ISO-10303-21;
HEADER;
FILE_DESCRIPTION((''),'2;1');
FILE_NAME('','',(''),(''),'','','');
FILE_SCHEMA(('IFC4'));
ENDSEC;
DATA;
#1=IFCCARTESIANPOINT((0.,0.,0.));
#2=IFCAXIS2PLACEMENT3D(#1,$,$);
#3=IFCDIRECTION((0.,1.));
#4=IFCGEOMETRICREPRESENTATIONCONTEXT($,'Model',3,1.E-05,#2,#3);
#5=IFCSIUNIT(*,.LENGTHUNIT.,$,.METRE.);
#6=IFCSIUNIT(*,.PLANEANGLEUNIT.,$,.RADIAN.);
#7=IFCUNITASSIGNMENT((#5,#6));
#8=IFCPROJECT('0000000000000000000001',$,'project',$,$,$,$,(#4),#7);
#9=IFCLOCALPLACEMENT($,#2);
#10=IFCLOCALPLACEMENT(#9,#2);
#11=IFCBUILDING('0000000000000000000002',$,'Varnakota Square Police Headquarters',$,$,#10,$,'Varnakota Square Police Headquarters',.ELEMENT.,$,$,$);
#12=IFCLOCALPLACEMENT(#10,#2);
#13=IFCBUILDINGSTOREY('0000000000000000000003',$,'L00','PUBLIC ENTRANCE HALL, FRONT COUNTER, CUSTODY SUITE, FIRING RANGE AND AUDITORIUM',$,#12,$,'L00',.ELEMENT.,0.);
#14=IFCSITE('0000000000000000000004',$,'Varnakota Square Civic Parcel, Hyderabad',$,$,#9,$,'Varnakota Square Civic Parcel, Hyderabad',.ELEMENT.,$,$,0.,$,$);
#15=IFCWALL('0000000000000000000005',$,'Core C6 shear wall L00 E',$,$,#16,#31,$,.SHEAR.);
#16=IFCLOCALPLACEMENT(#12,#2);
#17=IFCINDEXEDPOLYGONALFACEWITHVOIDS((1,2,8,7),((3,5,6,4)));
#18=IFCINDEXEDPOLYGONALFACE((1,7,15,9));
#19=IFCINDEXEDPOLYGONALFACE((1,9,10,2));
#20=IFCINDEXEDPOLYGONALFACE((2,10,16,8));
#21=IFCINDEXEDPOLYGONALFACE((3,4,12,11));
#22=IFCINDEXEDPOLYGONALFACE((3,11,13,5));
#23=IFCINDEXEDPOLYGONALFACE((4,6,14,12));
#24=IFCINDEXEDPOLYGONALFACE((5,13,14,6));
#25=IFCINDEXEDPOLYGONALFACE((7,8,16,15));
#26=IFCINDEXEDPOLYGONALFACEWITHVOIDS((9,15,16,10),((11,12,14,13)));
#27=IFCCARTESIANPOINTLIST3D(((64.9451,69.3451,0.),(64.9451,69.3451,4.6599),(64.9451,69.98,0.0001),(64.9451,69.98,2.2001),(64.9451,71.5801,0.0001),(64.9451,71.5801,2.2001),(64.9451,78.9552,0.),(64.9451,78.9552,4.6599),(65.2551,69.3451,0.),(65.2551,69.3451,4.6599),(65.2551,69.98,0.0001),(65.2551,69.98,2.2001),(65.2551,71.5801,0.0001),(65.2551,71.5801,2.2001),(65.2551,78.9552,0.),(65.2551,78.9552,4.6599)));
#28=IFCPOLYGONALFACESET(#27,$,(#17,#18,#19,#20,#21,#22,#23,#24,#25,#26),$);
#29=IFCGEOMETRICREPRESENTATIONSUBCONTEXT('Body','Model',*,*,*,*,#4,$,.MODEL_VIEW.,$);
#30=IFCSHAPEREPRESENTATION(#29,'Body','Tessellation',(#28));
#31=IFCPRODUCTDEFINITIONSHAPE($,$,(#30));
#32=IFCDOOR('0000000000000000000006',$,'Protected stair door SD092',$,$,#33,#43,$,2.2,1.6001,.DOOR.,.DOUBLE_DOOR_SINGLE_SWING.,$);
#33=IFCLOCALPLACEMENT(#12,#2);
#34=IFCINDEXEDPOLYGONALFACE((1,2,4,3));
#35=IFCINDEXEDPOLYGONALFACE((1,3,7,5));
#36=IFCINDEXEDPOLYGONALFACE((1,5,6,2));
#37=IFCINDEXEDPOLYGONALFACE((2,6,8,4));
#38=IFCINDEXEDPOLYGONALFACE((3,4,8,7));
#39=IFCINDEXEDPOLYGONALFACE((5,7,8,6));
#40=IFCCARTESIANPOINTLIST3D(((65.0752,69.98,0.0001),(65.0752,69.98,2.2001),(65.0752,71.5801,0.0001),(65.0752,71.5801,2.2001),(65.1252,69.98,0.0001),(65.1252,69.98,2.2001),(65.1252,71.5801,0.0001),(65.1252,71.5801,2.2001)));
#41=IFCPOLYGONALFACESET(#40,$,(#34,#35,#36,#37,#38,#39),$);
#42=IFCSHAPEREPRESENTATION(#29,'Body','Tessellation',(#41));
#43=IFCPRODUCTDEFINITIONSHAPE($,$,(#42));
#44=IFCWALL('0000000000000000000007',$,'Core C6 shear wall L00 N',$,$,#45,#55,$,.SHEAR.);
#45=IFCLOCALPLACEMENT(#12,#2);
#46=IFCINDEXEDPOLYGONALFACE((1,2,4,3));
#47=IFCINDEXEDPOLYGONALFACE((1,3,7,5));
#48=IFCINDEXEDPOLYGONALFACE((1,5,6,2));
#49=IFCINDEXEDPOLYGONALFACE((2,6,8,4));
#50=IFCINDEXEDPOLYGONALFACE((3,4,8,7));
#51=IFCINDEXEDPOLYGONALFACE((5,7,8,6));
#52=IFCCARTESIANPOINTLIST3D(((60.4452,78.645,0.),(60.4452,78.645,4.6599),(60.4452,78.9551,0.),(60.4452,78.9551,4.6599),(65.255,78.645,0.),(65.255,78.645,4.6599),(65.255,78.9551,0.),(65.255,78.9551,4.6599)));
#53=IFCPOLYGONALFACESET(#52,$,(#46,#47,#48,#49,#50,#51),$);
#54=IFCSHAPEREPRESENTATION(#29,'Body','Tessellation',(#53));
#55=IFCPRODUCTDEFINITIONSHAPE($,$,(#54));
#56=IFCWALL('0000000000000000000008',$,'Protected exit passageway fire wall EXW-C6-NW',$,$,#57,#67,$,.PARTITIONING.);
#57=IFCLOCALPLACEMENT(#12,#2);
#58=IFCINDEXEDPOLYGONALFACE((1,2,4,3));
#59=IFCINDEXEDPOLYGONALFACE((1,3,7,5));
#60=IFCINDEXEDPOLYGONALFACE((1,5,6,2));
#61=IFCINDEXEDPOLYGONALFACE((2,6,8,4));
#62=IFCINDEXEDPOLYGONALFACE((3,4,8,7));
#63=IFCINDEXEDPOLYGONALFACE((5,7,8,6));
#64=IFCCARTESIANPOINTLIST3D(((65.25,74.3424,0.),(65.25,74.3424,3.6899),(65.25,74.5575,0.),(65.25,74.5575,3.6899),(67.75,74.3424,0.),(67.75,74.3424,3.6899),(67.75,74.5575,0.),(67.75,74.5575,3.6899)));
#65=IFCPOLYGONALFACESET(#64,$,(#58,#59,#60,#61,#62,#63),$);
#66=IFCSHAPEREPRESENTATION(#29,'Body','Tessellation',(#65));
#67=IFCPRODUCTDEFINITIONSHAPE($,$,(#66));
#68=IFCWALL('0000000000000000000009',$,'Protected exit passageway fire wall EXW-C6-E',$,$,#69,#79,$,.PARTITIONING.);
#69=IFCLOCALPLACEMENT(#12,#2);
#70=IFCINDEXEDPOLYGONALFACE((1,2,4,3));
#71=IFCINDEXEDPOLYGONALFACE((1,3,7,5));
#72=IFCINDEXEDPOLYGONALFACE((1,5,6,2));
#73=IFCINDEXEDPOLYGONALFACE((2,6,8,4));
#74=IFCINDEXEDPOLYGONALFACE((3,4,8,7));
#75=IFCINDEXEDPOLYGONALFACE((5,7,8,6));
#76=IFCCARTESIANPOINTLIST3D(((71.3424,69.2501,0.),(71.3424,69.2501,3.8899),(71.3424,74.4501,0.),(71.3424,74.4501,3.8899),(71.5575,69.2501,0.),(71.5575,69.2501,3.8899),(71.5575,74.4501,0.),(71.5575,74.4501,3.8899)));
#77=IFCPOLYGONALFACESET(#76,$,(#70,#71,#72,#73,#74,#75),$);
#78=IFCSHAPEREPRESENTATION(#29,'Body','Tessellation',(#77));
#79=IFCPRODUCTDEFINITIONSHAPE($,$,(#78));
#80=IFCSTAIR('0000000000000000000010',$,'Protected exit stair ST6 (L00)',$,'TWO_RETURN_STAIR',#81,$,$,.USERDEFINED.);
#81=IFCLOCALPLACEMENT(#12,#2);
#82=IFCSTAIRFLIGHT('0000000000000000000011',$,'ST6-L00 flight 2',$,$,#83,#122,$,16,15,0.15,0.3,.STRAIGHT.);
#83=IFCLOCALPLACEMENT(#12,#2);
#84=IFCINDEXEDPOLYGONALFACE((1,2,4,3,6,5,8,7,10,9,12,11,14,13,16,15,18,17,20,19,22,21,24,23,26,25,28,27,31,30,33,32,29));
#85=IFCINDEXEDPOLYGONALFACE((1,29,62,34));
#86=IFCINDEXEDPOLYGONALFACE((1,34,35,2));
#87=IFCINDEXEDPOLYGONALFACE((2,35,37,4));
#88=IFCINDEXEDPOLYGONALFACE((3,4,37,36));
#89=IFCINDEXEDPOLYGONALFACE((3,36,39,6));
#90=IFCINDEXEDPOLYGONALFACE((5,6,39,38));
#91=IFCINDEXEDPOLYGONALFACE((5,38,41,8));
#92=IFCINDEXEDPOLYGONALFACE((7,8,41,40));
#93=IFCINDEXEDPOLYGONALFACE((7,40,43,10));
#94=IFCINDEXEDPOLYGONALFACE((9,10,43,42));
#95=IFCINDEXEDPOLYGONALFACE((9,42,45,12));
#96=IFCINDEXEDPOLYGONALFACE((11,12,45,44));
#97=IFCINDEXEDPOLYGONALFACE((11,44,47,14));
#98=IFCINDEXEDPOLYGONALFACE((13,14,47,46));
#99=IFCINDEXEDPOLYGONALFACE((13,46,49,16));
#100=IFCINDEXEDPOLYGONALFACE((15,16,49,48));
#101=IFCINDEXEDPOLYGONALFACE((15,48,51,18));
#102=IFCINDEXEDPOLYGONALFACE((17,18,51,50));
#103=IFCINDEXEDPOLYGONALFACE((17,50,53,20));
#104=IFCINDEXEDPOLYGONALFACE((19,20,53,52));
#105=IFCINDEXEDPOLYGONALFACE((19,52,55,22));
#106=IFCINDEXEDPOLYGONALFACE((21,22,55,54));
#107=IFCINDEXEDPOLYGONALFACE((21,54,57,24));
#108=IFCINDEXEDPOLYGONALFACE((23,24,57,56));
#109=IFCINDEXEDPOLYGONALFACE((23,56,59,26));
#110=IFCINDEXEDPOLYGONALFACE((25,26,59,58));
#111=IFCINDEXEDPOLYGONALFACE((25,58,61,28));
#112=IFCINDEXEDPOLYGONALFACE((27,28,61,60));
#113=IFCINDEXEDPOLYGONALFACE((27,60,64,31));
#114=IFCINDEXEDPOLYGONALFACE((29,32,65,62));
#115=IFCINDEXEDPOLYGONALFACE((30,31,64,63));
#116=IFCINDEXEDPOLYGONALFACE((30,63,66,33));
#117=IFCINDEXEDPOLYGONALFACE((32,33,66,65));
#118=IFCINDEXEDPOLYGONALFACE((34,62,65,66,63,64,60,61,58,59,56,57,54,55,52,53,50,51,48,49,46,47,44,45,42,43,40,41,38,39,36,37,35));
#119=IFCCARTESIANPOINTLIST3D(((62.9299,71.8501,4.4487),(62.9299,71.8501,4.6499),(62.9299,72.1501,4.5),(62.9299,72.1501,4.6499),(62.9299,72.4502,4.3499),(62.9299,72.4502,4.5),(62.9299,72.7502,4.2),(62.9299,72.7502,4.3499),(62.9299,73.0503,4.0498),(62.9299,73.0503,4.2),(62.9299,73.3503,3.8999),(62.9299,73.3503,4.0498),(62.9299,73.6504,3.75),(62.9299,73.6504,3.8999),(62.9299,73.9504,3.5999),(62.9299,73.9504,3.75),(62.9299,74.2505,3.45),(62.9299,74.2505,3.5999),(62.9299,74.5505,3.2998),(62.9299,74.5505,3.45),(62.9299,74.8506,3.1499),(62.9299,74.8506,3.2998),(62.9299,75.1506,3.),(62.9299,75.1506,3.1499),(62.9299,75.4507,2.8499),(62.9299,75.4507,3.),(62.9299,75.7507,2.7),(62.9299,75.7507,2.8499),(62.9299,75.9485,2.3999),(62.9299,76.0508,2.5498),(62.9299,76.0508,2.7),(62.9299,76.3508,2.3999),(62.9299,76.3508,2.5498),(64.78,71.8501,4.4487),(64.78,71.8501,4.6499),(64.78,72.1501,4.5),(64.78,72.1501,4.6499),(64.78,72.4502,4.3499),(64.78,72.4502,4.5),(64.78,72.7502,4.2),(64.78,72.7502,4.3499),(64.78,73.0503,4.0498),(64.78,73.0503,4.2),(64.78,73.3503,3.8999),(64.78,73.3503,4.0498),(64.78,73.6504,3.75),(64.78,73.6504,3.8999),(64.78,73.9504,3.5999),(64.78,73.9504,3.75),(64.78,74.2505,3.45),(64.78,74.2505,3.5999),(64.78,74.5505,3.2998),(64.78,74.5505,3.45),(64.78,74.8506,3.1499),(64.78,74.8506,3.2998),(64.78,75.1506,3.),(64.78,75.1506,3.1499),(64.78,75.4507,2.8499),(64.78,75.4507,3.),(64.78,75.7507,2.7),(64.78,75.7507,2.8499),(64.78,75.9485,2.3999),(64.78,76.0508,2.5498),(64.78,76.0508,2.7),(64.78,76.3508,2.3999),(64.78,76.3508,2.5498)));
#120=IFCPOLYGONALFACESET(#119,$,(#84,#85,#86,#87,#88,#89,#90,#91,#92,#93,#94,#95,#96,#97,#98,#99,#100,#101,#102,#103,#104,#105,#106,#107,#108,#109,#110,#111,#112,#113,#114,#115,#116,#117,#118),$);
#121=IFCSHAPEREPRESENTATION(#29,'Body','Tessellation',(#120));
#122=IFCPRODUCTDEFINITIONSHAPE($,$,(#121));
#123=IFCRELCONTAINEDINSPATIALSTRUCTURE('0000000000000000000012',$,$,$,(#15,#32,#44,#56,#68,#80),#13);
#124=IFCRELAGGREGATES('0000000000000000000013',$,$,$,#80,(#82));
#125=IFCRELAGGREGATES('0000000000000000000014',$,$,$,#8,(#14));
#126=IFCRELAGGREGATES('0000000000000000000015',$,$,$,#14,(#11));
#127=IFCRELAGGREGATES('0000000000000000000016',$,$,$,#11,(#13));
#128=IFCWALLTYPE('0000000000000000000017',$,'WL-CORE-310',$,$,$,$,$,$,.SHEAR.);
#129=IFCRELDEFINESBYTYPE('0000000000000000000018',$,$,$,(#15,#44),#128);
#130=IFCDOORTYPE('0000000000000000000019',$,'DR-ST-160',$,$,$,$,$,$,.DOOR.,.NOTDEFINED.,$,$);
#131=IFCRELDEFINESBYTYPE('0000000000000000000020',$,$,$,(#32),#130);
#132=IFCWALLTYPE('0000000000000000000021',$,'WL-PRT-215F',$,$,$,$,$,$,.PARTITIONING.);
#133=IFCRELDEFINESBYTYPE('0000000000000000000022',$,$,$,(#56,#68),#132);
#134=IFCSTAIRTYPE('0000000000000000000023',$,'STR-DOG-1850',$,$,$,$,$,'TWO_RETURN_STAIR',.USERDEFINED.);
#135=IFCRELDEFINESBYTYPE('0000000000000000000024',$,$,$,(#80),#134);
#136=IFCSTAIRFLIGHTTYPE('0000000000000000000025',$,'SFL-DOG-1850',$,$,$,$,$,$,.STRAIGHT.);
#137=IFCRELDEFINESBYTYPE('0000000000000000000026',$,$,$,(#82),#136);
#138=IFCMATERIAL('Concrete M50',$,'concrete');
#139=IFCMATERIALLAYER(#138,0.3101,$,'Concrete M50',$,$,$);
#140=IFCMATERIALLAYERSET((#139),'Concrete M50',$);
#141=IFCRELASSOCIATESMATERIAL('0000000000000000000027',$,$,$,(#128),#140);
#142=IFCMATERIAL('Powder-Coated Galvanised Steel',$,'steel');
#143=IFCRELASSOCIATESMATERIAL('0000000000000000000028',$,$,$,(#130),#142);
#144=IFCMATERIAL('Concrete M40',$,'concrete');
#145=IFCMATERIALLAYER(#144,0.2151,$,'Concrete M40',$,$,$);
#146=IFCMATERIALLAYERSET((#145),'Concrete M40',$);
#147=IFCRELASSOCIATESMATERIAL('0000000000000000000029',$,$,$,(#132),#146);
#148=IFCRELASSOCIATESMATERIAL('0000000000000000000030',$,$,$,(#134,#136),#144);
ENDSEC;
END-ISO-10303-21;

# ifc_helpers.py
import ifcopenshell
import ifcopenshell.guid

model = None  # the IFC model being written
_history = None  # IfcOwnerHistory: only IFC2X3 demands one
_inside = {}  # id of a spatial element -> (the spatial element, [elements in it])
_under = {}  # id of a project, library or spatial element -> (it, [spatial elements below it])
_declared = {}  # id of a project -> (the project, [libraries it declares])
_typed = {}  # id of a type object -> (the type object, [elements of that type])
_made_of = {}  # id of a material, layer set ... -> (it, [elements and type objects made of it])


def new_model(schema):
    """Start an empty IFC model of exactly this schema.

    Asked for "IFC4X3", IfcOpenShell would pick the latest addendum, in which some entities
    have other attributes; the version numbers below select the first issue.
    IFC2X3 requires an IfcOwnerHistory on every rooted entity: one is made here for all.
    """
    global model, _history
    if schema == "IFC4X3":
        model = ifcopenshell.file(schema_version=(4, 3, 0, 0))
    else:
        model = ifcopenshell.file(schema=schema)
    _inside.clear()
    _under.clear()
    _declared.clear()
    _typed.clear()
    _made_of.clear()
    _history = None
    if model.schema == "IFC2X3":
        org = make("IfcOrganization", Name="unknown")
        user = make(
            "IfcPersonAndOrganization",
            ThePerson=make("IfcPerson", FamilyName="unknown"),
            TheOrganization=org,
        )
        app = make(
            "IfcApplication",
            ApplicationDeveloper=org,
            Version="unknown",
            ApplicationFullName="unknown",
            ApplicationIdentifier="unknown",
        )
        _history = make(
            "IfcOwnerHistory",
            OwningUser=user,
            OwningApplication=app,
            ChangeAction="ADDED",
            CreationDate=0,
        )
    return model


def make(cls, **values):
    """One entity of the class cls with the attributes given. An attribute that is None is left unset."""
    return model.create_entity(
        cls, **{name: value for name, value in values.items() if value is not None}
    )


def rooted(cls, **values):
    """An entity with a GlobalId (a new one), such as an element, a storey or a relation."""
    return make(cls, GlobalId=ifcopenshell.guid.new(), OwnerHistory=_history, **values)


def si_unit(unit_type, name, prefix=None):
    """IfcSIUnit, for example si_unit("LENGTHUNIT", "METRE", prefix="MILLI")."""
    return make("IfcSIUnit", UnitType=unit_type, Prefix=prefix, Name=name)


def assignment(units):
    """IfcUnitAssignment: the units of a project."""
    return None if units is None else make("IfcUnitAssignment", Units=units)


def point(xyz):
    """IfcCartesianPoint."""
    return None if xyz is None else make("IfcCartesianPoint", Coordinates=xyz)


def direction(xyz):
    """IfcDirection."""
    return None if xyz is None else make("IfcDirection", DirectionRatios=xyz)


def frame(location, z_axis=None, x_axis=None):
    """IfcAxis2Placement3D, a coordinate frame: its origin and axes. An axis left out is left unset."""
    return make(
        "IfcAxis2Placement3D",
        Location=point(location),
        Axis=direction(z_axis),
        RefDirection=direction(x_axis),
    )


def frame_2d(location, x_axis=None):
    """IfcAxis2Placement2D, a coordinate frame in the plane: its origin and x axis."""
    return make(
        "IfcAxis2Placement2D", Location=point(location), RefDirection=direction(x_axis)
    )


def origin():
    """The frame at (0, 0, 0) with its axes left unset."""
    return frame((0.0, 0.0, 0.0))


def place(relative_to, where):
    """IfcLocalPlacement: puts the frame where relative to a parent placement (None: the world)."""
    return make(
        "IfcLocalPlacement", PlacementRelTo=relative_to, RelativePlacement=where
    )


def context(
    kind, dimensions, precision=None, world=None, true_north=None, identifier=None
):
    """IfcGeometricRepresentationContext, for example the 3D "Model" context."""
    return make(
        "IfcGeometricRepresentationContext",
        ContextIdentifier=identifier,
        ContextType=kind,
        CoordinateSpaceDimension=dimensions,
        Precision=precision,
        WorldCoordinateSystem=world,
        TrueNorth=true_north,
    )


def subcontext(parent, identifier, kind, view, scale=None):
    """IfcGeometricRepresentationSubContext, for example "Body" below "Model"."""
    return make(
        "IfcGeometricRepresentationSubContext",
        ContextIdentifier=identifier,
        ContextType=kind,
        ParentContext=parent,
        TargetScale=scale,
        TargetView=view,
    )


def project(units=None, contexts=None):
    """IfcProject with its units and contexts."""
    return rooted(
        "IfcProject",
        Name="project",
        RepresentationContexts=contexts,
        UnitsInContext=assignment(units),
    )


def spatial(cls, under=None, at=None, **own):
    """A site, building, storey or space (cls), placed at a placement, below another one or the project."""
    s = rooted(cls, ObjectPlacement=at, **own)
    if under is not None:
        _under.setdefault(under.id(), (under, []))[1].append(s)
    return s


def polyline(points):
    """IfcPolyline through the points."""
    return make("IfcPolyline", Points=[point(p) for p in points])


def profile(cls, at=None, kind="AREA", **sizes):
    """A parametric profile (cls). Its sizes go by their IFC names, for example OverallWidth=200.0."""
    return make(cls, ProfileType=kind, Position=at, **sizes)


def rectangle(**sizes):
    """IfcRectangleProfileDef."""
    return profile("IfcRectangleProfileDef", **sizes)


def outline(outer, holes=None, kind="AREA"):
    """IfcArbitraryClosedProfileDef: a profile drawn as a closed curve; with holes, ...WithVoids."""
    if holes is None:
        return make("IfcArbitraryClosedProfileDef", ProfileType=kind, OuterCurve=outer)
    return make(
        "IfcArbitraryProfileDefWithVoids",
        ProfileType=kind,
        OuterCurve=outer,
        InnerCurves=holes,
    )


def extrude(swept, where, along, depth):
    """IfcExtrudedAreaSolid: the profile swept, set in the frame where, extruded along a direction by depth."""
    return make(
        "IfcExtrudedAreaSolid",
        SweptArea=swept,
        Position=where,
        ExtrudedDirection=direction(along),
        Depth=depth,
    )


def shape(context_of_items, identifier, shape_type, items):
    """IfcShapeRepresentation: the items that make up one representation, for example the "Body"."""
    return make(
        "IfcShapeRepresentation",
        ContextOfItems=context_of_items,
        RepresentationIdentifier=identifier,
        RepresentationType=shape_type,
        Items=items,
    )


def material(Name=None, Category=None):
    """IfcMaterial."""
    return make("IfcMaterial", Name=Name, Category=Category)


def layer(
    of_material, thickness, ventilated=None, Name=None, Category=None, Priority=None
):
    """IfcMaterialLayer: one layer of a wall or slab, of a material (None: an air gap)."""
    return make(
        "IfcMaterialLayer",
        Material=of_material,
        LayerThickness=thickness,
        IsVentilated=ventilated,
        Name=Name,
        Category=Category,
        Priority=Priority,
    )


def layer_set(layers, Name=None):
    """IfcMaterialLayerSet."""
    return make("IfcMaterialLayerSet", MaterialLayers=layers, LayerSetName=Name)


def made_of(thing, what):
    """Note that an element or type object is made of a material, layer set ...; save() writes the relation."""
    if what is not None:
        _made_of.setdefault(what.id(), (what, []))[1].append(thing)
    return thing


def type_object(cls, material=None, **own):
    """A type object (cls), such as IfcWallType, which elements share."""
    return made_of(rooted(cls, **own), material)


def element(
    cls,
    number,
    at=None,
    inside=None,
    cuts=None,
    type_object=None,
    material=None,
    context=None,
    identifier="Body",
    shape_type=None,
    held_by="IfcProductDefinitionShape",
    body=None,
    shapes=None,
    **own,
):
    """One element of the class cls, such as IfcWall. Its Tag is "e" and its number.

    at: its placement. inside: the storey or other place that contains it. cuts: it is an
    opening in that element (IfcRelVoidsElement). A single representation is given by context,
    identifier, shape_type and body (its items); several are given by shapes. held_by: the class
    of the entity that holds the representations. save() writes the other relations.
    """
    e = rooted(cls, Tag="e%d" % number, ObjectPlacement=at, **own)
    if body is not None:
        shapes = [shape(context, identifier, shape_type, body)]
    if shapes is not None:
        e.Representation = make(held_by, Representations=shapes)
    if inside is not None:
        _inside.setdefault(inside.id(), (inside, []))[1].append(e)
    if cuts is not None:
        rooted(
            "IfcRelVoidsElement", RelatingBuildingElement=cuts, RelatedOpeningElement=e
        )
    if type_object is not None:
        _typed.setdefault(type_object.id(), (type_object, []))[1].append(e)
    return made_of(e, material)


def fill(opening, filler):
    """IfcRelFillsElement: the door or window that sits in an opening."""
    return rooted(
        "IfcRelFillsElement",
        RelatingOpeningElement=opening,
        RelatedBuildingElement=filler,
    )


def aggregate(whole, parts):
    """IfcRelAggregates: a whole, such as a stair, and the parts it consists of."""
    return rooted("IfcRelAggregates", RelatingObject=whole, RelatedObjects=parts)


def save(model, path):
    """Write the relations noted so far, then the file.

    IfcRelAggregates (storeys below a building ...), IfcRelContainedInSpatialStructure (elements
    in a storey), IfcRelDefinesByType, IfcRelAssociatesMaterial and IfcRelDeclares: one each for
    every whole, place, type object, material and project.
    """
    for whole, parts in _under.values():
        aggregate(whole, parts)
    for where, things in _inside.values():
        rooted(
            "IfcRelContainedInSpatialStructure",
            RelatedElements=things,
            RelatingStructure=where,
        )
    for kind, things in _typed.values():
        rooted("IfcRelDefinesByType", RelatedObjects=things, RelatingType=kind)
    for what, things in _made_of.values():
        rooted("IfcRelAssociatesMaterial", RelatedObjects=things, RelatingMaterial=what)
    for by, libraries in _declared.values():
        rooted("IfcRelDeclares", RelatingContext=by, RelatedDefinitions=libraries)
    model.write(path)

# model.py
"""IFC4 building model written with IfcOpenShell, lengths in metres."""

from ifc_helpers import new_model, si_unit, direction, frame, frame_2d, origin, place, context, subcontext, project, spatial, polyline, rectangle, outline, extrude, material, layer, layer_set, type_object, element, fill, aggregate, save


model = new_model("IFC4")

# Units and contexts
model_context = context("Model", 3, precision=1e-05, world=origin(), true_north=direction((0.0, 1.0)))
body_context = subcontext(model_context, "Body", "Model", "MODEL_VIEW")
ifc_project = project(units=[si_unit("LENGTHUNIT", "METRE"), si_unit("PLANEANGLEUNIT", "RADIAN")], contexts=[model_context])

# Site, building, storey
site_placement = place(None, origin())
site = spatial("IfcSite", under=ifc_project, at=site_placement, Name="Varnakota Square Civic Parcel, Hyderabad", LongName="Varnakota Square Civic Parcel, Hyderabad", CompositionType="ELEMENT", RefElevation=0.0)
building_placement = place(site_placement, origin())
building = spatial("IfcBuilding", under=site, at=building_placement, Name="Varnakota Square Police Headquarters", LongName="Varnakota Square Police Headquarters", CompositionType="ELEMENT")
storey_placement = place(building_placement, origin())
storey = spatial("IfcBuildingStorey", under=building, at=storey_placement, Name="L00", Description="PUBLIC ENTRANCE HALL, FRONT COUNTER, CUSTODY SUITE, FIRING RANGE AND AUDITORIUM", LongName="L00", CompositionType="ELEMENT", Elevation=0.0)

# Shared definitions
ifc_material_1 = material(Name="Concrete M40", Category="concrete")

# Wall, opening, door
ifc_material_2 = material(Name="Concrete M50", Category="concrete")
ifc_layer_1 = layer(ifc_material_2, 0.3101, Name="Concrete M50")
ifc_layer_set_1 = layer_set([ifc_layer_1], Name="Concrete M50")
wall_type_1 = type_object("IfcWallType", Name="WL-CORE-310", PredefinedType="SHEAR", material=ifc_layer_set_1)
wall_1_placement = place(storey_placement, frame((65.1001, 69.345, 0.0), z_axis=(0.0, 0.0, 1.0), x_axis=(0.0, 1.0, 0.0)))
wall_1 = element("IfcWall", 1, at=wall_1_placement, inside=storey, type_object=wall_type_1, Name="Core C6 shear wall L00 E", PredefinedType="SHEAR", context=body_context, shape_type="SweptSolid", body=[
    extrude(rectangle(XDim=9.6101, YDim=0.3101, at=frame_2d((4.8052, 0.0))), origin(), (0.0, 0.0, 1.0), 4.6599),
])
opening_1_placement = place(wall_1_placement, frame((0.635, 0.0, 0.0)))
opening_1 = element("IfcOpeningElement", 2, at=opening_1_placement, cuts=wall_1, PredefinedType="OPENING", context=body_context, shape_type="SweptSolid", body=[
    extrude(rectangle(XDim=1.6001, YDim=2.2, at=frame_2d((0.8, 1.1001))), frame((0.0, 0.165, 0.0), z_axis=(0.0, -1.0, 0.0), x_axis=(1.0, 0.0, 0.0)), (0.0, 0.0, 1.0), 0.3301),
])
ifc_material_3 = material(Name="Powder-Coated Galvanised Steel", Category="steel")
door_type_1 = type_object("IfcDoorType", Name="DR-ST-160", OperationType="NOTDEFINED", PredefinedType="DOOR", material=ifc_material_3)
door_1_placement = place(opening_1_placement, origin())
door_1 = element("IfcDoor", 3, at=door_1_placement, inside=storey, type_object=door_type_1, Name="Protected stair door SD092", OperationType="DOUBLE_DOOR_SINGLE_SWING", OverallHeight=2.2, OverallWidth=1.6001, PredefinedType="DOOR", context=body_context, shape_type="SweptSolid", body=[
    extrude(rectangle(XDim=1.6001, YDim=2.2, at=frame_2d((0.8, 1.1001))), frame((0.0, 0.0249, 0.0), z_axis=(0.0, -1.0, 0.0), x_axis=(1.0, 0.0, 0.0)), (0.0, 0.0, 1.0), 0.05),
])
fill(opening_1, door_1)

# Wall
wall_2_placement = place(storey_placement, frame((65.2549, 78.8, 0.0), z_axis=(0.0, 0.0, 1.0), x_axis=(-1.0, 0.0, 0.0)))
element("IfcWall", 4, at=wall_2_placement, inside=storey, type_object=wall_type_1, Name="Core C6 shear wall L00 N", PredefinedType="SHEAR", context=body_context, shape_type="SweptSolid", body=[
    extrude(rectangle(XDim=4.8098, YDim=0.3101, at=frame_2d((2.4048, 0.0))), origin(), (0.0, 0.0, 1.0), 4.6599),
])

# Shared definitions
ifc_layer_2 = layer(ifc_material_1, 0.2151, Name="Concrete M40")
ifc_layer_set_2 = layer_set([ifc_layer_2], Name="Concrete M40")
wall_type_2 = type_object("IfcWallType", Name="WL-PRT-215F", PredefinedType="PARTITIONING", material=ifc_layer_set_2)

# Walls
wall_3_placement = place(storey_placement, frame((65.25, 74.45, 0.0), z_axis=(0.0, 0.0, 1.0), x_axis=(1.0, 0.0, 0.0)))
element("IfcWall", 5, at=wall_3_placement, inside=storey, type_object=wall_type_2, Name="Protected exit passageway fire wall EXW-C6-NW", PredefinedType="PARTITIONING", context=body_context, shape_type="SweptSolid", body=[
    extrude(rectangle(XDim=2.5, YDim=0.2151, at=frame_2d((1.25, 0.0))), origin(), (0.0, 0.0, 1.0), 3.6899),
])
wall_4_placement = place(storey_placement, frame((71.45, 69.25, 0.0), z_axis=(0.0, 0.0, 1.0), x_axis=(0.0, 1.0, 0.0)))
element("IfcWall", 6, at=wall_4_placement, inside=storey, type_object=wall_type_2, Name="Protected exit passageway fire wall EXW-C6-E", PredefinedType="PARTITIONING", context=body_context, shape_type="SweptSolid", body=[
    extrude(rectangle(XDim=5.2, YDim=0.2151, at=frame_2d((2.6001, 0.0))), origin(), (0.0, 0.0, 1.0), 3.8899),
])

# Stair, stair flight
stair_type = type_object("IfcStairType", Name="STR-DOG-1850", ElementType="TWO_RETURN_STAIR", PredefinedType="USERDEFINED", material=ifc_material_1)
stair_placement = place(storey_placement, origin())
stair = element("IfcStair", 7, at=stair_placement, inside=storey, type_object=stair_type, Name="Protected exit stair ST6 (L00)", ObjectType="TWO_RETURN_STAIR", PredefinedType="USERDEFINED")
stair_flight_type = type_object("IfcStairFlightType", Name="SFL-DOG-1850", PredefinedType="STRAIGHT", material=ifc_material_1)
stair_flight_placement = place(storey_placement, frame((63.855, 76.3508, 2.3999), z_axis=(0.0, 0.0, 1.0), x_axis=(0.0, -1.0, 0.0)))
stair_flight = element("IfcStairFlight", 8, at=stair_flight_placement, type_object=stair_flight_type, Name="ST6-L00 flight 2", NumberOfRisers=16, NumberOfTreads=15, PredefinedType="STRAIGHT", RiserHeight=0.15, TreadLength=0.3, context=body_context, shape_type="SweptSolid", body=[
    extrude(outline(polyline([(0.0, 0.0), (0.0, 0.1499), (0.3, 0.1499), (0.3, 0.3), (0.6001, 0.3), (0.6001, 0.45), (0.9001, 0.45), (0.9001, 0.6001), (1.2002, 0.6001), (1.2002, 0.75), (1.5002, 0.75), (1.5002, 0.8999), (1.8003, 0.8999), (1.8003, 1.05), (2.1003, 1.05), (2.1003, 1.2), (2.4004, 1.2), (2.4004, 1.3501), (2.7004, 1.3501), (2.7004, 1.5), (3.0005, 1.5), (3.0005, 1.6499), (3.3005, 1.6499), (3.3005, 1.8), (3.6006, 1.8), (3.6006, 1.95), (3.9006, 1.95), (3.9006, 2.1001), (4.2007, 2.1001), (4.2007, 2.25), (4.5007, 2.25), (4.5007, 2.3999), (4.5007, 2.0488), (0.4023, 0.0), (0.0, 0.0)])), frame((0.0, 0.925, 0.0), z_axis=(0.0, -1.0, 0.0), x_axis=(1.0, 0.0, 0.0)), (0.0, 0.0, 1.0), 1.8501),
])
aggregate(stair, [stair_flight])

save(model, "model.ifc")
